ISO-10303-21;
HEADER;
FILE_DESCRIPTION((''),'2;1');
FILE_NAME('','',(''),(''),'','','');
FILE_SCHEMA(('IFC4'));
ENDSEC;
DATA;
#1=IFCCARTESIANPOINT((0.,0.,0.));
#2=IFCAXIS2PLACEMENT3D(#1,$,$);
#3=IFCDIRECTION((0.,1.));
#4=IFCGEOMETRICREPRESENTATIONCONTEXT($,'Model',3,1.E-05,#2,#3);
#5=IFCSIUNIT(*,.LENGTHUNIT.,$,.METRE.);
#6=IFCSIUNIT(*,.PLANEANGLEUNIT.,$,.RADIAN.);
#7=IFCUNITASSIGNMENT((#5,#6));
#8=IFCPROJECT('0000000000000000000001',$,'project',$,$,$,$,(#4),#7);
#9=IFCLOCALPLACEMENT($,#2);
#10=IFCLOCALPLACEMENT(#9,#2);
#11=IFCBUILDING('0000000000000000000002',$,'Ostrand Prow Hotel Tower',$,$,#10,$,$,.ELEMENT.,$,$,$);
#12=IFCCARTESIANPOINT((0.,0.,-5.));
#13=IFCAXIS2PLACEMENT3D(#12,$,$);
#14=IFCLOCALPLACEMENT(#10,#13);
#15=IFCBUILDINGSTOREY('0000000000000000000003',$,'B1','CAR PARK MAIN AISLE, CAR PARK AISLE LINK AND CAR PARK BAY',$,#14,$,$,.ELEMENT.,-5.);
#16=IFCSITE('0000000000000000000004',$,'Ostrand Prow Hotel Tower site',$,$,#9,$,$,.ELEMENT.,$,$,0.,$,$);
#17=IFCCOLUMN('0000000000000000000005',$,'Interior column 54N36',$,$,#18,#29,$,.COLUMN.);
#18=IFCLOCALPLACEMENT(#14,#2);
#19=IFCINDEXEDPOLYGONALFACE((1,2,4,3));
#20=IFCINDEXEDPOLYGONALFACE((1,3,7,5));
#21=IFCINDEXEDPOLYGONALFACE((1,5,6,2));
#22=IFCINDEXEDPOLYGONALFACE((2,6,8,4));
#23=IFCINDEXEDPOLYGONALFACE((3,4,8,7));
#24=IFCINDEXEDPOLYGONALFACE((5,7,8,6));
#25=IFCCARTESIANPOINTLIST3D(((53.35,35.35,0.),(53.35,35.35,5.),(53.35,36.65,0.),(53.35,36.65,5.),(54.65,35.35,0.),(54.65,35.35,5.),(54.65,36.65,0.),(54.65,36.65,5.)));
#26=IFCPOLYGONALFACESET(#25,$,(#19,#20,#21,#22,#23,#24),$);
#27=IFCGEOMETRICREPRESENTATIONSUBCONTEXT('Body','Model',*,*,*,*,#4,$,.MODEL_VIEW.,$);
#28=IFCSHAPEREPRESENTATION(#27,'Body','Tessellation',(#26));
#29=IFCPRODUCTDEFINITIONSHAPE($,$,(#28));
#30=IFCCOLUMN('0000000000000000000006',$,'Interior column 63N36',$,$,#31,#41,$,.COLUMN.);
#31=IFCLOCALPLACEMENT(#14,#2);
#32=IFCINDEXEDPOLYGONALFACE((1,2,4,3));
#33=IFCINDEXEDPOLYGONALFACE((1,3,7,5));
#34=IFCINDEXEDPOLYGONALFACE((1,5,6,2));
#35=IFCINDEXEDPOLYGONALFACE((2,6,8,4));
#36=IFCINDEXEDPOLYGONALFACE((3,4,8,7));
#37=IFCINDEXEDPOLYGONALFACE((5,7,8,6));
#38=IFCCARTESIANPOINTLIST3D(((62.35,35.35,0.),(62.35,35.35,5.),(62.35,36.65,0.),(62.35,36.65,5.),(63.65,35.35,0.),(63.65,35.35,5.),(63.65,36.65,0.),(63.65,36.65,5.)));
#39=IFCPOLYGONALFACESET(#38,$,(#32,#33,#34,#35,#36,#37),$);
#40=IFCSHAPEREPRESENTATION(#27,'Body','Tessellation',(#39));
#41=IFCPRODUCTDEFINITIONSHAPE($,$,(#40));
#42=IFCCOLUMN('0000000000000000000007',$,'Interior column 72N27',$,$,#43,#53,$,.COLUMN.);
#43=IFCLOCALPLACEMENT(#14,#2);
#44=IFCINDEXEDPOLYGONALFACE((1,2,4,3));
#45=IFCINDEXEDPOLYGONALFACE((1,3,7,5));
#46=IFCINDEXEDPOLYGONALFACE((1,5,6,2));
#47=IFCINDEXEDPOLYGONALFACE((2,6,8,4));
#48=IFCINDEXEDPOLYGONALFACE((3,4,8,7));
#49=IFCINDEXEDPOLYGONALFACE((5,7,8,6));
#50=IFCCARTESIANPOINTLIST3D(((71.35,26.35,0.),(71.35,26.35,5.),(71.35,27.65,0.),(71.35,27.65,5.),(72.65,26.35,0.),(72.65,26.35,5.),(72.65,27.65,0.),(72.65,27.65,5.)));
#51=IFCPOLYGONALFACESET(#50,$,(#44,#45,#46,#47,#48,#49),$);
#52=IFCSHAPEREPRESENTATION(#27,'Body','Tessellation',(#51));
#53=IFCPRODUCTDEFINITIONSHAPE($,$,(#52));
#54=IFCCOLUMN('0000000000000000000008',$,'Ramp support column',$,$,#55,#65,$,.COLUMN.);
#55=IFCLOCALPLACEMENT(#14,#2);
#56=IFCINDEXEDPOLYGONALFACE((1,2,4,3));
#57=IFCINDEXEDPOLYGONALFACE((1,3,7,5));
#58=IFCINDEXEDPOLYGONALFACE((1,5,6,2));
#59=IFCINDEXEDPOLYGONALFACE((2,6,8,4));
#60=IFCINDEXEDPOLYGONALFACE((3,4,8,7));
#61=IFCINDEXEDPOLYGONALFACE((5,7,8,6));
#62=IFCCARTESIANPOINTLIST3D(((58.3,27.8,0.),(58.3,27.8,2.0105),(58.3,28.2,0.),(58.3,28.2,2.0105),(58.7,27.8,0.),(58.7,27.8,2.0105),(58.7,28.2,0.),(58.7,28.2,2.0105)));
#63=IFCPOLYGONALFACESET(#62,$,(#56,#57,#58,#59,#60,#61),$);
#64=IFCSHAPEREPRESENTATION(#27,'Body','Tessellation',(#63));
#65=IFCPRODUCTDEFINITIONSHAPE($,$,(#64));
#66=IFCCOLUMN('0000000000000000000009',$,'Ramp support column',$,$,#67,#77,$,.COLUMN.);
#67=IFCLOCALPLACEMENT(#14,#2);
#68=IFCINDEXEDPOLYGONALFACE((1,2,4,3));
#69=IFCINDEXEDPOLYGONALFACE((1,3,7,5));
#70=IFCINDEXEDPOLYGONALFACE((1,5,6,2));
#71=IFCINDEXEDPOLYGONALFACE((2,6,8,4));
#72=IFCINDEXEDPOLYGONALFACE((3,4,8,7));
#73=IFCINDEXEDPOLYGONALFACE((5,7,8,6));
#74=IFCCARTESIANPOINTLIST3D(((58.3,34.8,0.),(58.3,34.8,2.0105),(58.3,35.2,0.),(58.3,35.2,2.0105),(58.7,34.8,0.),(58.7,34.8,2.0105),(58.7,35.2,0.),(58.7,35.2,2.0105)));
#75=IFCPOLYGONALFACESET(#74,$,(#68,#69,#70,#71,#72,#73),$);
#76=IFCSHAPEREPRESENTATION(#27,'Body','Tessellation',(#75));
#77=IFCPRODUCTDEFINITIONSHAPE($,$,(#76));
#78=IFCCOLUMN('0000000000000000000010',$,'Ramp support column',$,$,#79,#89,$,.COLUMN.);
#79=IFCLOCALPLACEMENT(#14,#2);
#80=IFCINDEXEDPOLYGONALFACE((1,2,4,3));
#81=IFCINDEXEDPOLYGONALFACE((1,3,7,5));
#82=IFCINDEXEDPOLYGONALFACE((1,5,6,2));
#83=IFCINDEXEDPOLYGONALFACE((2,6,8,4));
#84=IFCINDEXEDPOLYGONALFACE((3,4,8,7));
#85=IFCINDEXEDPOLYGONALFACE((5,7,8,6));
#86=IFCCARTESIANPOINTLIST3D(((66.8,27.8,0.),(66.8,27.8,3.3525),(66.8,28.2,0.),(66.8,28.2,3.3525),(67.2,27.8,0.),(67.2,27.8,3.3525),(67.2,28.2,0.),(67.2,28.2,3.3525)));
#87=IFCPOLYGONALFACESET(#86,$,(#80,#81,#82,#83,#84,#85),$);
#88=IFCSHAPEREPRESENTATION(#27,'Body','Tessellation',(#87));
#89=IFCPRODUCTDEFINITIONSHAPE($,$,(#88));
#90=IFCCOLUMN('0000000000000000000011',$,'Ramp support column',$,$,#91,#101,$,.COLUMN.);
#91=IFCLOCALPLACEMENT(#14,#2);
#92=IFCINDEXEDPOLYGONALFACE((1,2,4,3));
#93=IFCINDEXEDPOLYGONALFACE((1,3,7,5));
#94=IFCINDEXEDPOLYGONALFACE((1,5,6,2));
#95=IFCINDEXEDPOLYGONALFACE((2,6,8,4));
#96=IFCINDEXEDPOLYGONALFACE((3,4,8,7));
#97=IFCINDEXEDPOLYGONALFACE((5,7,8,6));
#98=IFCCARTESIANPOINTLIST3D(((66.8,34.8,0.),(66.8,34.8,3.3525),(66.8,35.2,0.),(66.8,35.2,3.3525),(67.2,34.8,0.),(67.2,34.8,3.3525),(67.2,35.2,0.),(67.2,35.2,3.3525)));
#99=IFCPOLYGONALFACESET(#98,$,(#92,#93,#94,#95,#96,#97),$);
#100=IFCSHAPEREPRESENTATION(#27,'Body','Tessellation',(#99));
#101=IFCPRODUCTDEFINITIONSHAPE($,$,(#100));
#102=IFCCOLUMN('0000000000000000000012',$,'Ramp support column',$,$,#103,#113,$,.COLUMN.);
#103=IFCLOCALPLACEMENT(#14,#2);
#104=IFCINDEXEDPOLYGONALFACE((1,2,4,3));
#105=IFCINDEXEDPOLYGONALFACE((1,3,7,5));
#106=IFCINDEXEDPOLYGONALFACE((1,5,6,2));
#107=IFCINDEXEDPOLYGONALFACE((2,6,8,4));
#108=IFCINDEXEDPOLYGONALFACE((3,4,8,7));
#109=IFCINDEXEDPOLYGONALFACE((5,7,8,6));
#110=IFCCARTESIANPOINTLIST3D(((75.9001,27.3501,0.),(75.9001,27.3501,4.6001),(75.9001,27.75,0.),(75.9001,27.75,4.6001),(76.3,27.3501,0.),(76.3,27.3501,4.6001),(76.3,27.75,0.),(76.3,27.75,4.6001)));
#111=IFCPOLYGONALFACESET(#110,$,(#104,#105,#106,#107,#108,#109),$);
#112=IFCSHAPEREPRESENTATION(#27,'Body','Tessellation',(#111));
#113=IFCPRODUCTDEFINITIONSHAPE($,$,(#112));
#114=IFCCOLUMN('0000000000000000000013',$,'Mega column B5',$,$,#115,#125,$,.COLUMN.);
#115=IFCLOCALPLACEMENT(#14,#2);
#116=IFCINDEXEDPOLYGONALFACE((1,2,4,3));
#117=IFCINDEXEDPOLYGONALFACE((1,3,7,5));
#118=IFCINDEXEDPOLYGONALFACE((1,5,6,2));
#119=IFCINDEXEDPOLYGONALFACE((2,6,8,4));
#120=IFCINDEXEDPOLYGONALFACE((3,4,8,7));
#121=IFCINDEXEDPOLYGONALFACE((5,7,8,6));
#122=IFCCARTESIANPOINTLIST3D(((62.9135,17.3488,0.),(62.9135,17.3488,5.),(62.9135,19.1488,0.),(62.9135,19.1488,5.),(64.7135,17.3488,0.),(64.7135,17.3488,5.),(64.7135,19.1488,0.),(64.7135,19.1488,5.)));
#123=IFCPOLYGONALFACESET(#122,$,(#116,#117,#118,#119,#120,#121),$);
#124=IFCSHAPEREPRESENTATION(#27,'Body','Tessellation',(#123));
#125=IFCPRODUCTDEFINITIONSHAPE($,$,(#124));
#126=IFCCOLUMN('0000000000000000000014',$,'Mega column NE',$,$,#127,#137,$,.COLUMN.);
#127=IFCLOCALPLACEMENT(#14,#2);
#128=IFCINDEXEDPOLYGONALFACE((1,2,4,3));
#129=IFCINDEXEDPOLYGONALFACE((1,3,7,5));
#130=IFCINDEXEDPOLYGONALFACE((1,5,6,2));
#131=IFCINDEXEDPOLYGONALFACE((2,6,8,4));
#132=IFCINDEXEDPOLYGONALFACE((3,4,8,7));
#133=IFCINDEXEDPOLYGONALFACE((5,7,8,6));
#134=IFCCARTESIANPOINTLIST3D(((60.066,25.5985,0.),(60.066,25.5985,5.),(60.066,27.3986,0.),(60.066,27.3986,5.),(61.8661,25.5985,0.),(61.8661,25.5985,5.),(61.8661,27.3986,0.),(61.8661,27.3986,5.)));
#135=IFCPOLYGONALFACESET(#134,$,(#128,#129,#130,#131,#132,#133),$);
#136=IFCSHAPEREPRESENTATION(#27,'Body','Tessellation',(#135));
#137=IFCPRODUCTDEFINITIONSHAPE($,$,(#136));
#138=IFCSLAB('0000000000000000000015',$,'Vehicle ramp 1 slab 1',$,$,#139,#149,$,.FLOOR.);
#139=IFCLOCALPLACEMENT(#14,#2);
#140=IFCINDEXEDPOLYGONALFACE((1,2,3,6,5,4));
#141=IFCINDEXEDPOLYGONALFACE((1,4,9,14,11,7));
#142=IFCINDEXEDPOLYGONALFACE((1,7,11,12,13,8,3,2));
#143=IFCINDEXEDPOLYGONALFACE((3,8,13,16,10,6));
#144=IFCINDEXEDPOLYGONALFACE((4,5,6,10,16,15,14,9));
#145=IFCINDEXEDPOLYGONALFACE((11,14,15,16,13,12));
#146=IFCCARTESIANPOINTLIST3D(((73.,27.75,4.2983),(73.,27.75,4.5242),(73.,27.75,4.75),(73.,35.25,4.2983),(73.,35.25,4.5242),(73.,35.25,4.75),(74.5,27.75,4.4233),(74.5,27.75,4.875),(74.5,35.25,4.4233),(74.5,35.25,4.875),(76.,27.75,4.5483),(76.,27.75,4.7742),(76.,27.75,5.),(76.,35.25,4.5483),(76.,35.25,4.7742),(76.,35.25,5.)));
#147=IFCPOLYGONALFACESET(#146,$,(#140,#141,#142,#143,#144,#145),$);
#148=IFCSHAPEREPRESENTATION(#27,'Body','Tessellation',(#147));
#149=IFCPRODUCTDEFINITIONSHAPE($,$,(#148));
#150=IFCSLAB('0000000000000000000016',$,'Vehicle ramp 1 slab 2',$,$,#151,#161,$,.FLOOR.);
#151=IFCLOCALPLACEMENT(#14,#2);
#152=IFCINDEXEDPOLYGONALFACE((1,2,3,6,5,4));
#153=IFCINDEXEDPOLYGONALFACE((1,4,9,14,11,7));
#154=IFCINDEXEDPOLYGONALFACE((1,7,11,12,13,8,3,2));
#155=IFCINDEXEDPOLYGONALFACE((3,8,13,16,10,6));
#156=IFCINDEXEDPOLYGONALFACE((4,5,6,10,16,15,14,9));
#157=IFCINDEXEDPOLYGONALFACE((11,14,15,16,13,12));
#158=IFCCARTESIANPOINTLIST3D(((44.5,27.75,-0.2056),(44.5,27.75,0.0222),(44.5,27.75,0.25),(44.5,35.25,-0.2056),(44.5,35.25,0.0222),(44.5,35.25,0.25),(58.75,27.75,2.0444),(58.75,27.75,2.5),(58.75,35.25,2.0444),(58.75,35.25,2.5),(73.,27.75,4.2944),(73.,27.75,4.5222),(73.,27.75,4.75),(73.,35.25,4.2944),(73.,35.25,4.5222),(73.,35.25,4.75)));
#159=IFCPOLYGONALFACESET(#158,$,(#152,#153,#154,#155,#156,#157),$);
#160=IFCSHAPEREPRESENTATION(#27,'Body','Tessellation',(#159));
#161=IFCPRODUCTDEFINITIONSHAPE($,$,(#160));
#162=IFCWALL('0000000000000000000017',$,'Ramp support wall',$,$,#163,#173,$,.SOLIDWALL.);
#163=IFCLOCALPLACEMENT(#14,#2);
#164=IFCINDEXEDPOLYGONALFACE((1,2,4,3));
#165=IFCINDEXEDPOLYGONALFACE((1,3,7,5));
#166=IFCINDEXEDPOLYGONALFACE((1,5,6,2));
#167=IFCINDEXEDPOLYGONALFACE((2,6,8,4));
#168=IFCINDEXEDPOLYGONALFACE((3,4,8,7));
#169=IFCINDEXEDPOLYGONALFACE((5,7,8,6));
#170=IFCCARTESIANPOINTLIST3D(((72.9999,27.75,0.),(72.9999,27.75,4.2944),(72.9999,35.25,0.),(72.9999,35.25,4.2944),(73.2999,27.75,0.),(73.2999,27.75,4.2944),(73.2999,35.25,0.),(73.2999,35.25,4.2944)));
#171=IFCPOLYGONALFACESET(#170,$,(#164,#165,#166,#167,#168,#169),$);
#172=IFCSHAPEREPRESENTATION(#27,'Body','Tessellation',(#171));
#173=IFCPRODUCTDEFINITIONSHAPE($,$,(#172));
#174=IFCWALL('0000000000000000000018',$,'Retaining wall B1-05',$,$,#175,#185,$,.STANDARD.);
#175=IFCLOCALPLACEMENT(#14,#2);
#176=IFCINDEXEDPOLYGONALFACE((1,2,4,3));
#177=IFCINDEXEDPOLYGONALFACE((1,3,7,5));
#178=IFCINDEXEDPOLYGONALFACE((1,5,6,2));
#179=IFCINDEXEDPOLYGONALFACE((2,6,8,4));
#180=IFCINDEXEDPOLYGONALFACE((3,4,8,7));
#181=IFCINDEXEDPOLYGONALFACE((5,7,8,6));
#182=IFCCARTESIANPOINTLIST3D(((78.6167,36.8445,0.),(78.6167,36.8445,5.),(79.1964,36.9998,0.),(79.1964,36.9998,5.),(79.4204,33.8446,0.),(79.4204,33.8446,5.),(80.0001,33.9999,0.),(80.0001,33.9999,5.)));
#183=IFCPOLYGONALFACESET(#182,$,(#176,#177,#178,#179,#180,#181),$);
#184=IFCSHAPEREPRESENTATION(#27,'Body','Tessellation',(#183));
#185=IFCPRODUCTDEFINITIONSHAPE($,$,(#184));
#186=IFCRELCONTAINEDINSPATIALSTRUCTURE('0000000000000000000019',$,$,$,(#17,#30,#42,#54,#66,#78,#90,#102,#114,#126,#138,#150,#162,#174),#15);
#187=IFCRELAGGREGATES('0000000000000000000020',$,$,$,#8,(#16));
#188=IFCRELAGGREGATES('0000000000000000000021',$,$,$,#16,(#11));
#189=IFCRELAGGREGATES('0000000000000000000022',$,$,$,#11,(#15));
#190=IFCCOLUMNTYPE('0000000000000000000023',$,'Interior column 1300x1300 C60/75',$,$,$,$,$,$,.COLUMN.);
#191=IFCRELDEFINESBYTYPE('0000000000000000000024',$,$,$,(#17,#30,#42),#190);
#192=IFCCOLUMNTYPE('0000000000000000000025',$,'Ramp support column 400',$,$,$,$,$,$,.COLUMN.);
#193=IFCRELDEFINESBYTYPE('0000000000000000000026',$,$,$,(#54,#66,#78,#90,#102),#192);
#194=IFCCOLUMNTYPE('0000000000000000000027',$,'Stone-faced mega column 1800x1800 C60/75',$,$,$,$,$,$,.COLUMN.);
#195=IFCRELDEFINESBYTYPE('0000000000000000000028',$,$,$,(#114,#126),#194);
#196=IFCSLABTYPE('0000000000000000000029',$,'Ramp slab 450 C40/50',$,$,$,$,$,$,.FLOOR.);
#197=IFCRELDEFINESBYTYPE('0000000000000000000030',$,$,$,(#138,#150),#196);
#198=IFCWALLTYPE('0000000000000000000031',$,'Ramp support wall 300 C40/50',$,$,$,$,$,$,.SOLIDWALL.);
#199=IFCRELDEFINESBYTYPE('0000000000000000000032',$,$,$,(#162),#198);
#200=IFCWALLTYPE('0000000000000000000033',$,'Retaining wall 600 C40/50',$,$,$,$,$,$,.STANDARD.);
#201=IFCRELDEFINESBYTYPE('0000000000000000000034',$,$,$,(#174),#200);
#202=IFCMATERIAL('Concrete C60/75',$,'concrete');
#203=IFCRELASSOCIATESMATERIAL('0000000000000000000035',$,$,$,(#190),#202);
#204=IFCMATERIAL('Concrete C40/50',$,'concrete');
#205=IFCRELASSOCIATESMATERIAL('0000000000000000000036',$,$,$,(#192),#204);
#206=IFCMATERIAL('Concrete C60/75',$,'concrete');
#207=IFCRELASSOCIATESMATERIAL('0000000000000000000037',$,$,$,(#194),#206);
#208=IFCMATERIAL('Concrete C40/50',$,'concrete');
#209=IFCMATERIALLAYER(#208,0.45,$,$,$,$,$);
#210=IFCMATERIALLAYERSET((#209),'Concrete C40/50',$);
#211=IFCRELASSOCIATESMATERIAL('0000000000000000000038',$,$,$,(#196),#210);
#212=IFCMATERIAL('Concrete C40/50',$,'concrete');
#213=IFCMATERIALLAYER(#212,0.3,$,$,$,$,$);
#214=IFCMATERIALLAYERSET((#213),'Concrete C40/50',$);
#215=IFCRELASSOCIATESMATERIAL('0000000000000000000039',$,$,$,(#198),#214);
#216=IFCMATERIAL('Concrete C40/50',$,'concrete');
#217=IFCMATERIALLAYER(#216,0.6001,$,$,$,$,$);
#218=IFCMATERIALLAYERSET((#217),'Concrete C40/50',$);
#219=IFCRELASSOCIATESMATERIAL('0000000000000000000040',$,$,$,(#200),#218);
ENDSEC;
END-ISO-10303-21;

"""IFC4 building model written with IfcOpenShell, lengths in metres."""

from ifc_helpers import new_model, si_unit, direction, frame, frame_2d, origin, origin_2d, place, context, subcontext, project, spatial, polyline, rectangle, outline, extrude, material, layer, layer_set, material_profile, profile_set, type_object, element, save


model = new_model("IFC4")

# Units and contexts
model_context = context("Model", 3, precision=1e-05, world=origin(), true_north=direction((0.0, 1.0)))
body_context = subcontext(model_context, "Body", "Model", "MODEL_VIEW")
ifc_project = project(units=[si_unit("LENGTHUNIT", "METRE"), si_unit("PLANEANGLEUNIT", "RADIAN")], contexts=[model_context])

# Site, building, storey
site_placement = place(None, origin())
site = spatial("IfcSite", under=ifc_project, at=site_placement, Name="Ostrand Prow Hotel Tower site", CompositionType="ELEMENT", RefElevation=0.0)
building_placement = place(site_placement, origin())
building = spatial("IfcBuilding", under=site, at=building_placement, Name="Ostrand Prow Hotel Tower", CompositionType="ELEMENT")
storey_placement = place(building_placement, frame((0.0, 0.0, -5.0)))
storey = spatial("IfcBuildingStorey", under=building, at=storey_placement, Name="B1", Description="CAR PARK MAIN AISLE, CAR PARK AISLE LINK AND CAR PARK BAY", CompositionType="ELEMENT", Elevation=-5.0)

# Columns
ifc_material_1 = material(Name="Concrete C60/75", Category="concrete")
ifc_material_profile_1 = material_profile(ifc_material_1, rectangle(XDim=1.3, YDim=1.3, at=origin_2d()), Name="RC 1300x1300")
ifc_profile_set_1 = profile_set([ifc_material_profile_1], Name="Concrete C60/75")
column_type_1 = type_object("IfcColumnType", Name="Interior column 1300x1300 C60/75", PredefinedType="COLUMN", material=ifc_profile_set_1)
for number, where, z_axis, x_axis, name in (
    (1, (54.0, 36.0, 0.0), (0.0, 0.0, 1.0), (1.0, 0.0, 0.0), "Interior column 54N36"),
    (2, (63.0, 36.0, 0.0), (0.0, 0.0, 1.0), (1.0, 0.0, 0.0), "Interior column 63N36"),
    (3, (72.0, 27.0, 0.0), (0.0, 0.0, 1.0), (1.0, 0.0, 0.0), "Interior column 72N27"),
):
    element("IfcColumn", number, at=place(storey_placement, frame(where, z_axis=z_axis, x_axis=x_axis)), inside=storey, type_object=column_type_1, Name=name, PredefinedType="COLUMN", context=body_context, shape_type="SweptSolid", body=[
        extrude(rectangle(XDim=1.3, YDim=1.3, at=origin_2d()), origin(), (0.0, 0.0, 1.0), 5.0),
    ])
ifc_material_2 = material(Name="Concrete C40/50", Category="concrete")
ifc_material_profile_2 = material_profile(ifc_material_2, rectangle(XDim=0.3999, YDim=0.3999, at=origin_2d()), Name="Ramp support column 400")
ifc_profile_set_2 = profile_set([ifc_material_profile_2], Name="Concrete C40/50")
column_type_2 = type_object("IfcColumnType", Name="Ramp support column 400", PredefinedType="COLUMN", material=ifc_profile_set_2)
for number, where, z_axis, x_axis, name in (
    (4, (58.5, 28.0, 0.0), (0.0, 0.0, 1.0), (1.0, 0.0, 0.0), "Ramp support column"),
    (5, (58.5, 35.0, 0.0), (0.0, 0.0, 1.0), (1.0, 0.0, 0.0), "Ramp support column"),
):
    element("IfcColumn", number, at=place(storey_placement, frame(where, z_axis=z_axis, x_axis=x_axis)), inside=storey, type_object=column_type_2, Name=name, PredefinedType="COLUMN", context=body_context, shape_type="SweptSolid", body=[
        extrude(rectangle(XDim=0.3999, YDim=0.3999, at=origin_2d()), origin(), (0.0, 0.0, 1.0), 2.0105),
    ])
for number, where, z_axis, x_axis, name in (
    (6, (67.0, 28.0, 0.0), (0.0, 0.0, 1.0), (1.0, 0.0, 0.0), "Ramp support column"),
    (7, (67.0, 35.0, 0.0), (0.0, 0.0, 1.0), (1.0, 0.0, 0.0), "Ramp support column"),
):
    element("IfcColumn", number, at=place(storey_placement, frame(where, z_axis=z_axis, x_axis=x_axis)), inside=storey, type_object=column_type_2, Name=name, PredefinedType="COLUMN", context=body_context, shape_type="SweptSolid", body=[
        extrude(rectangle(XDim=0.3999, YDim=0.3999, at=origin_2d()), origin(), (0.0, 0.0, 1.0), 3.3525),
    ])
column_placement = place(storey_placement, frame((76.1001, 27.55, 0.0), z_axis=(0.0, 0.0, 1.0), x_axis=(1.0, 0.0, 0.0)))
element("IfcColumn", 8, at=column_placement, inside=storey, type_object=column_type_2, Name="Ramp support column", PredefinedType="COLUMN", context=body_context, shape_type="SweptSolid", body=[
    extrude(rectangle(XDim=0.3999, YDim=0.3999, at=origin_2d()), origin(), (0.0, 0.0, 1.0), 4.6001),
])
ifc_material_3 = material(Name="Concrete C60/75", Category="concrete")
ifc_material_profile_3 = material_profile(ifc_material_3, rectangle(XDim=1.8, YDim=1.8, at=origin_2d()), Name="RC 1800x1800")
ifc_profile_set_3 = profile_set([ifc_material_profile_3], Name="Concrete C60/75")
column_type_3 = type_object("IfcColumnType", Name="Stone-faced mega column 1800x1800 C60/75", PredefinedType="COLUMN", material=ifc_profile_set_3)
for number, where, z_axis, x_axis, name in (
    (9, (63.8135, 18.2488, 0.0), (0.0, 0.0, 1.0), (1.0, 0.0, 0.0), "Mega column B5"),
    (10, (60.9661, 26.4985, 0.0), (0.0, 0.0, 1.0), (1.0, 0.0, 0.0), "Mega column NE"),
):
    element("IfcColumn", number, at=place(storey_placement, frame(where, z_axis=z_axis, x_axis=x_axis)), inside=storey, type_object=column_type_3, Name=name, PredefinedType="COLUMN", context=body_context, shape_type="SweptSolid", body=[
        extrude(rectangle(XDim=1.8, YDim=1.8, at=origin_2d()), origin(), (0.0, 0.0, 1.0), 5.0),
    ])

# Slabs
ifc_material_4 = material(Name="Concrete C40/50", Category="concrete")
ifc_layer_1 = layer(ifc_material_4, 0.45)
ifc_layer_set_1 = layer_set([ifc_layer_1], Name="Concrete C40/50")
slab_type = type_object("IfcSlabType", Name="Ramp slab 450 C40/50", PredefinedType="FLOOR", material=ifc_layer_set_1)
slab_1_placement = place(storey_placement, frame((76.0, 31.5, 5.0), z_axis=(0.0, 0.0, 1.0), x_axis=(-1.0, 0.0, 0.0)))
element("IfcSlab", 11, at=slab_1_placement, inside=storey, type_object=slab_type, Name="Vehicle ramp 1 slab 1", PredefinedType="FLOOR", context=body_context, shape_type="SweptSolid", body=[
    extrude(outline(polyline([(0.0, 0.0), (1.5, -0.125), (3.0, -0.25), (3.0, -0.4758), (3.0, -0.7017), (1.5, -0.5767), (0.0, -0.4517), (0.0, -0.2258), (0.0, 0.0)])), frame((0.0, 3.75, 0.0), z_axis=(0.0, -1.0, 0.0), x_axis=(1.0, 0.0, 0.0)), (0.0, 0.0, 1.0), 7.5),
])
slab_2_placement = place(storey_placement, frame((73.0, 31.5, 4.75), z_axis=(0.0, 0.0, 1.0), x_axis=(-1.0, 0.0, 0.0)))
element("IfcSlab", 12, at=slab_2_placement, inside=storey, type_object=slab_type, Name="Vehicle ramp 1 slab 2", PredefinedType="FLOOR", context=body_context, shape_type="SweptSolid", body=[
    extrude(outline(polyline([(0.0, 0.0), (14.25, -2.25), (28.5, -4.5), (28.5, -4.7278), (28.5, -4.9556), (14.25, -2.7056), (0.0, -0.4556), (0.0, -0.2278), (0.0, 0.0)])), frame((0.0, 3.75, 0.0), z_axis=(0.0, -1.0, 0.0), x_axis=(1.0, 0.0, 0.0)), (0.0, 0.0, 1.0), 7.5),
])

# Walls
ifc_material_5 = material(Name="Concrete C40/50", Category="concrete")
ifc_layer_2 = layer(ifc_material_5, 0.3)
ifc_layer_set_2 = layer_set([ifc_layer_2], Name="Concrete C40/50")
wall_type_1 = type_object("IfcWallType", Name="Ramp support wall 300 C40/50", PredefinedType="SOLIDWALL", material=ifc_layer_set_2)
wall_1_placement = place(storey_placement, frame((73.1499, 27.75, 0.0), z_axis=(0.0, 0.0, 1.0), x_axis=(0.0, 1.0, 0.0)))
element("IfcWall", 13, at=wall_1_placement, inside=storey, type_object=wall_type_1, Name="Ramp support wall", PredefinedType="SOLIDWALL", context=body_context, shape_type="SweptSolid", body=[
    extrude(rectangle(XDim=7.5, YDim=0.3, at=frame_2d((3.75, 0.0))), origin(), (0.0, 0.0, 1.0), 4.2944),
])
ifc_material_6 = material(Name="Concrete C40/50", Category="concrete")
ifc_layer_3 = layer(ifc_material_6, 0.6001)
ifc_layer_set_3 = layer_set([ifc_layer_3], Name="Concrete C40/50")
wall_type_2 = type_object("IfcWallType", Name="Retaining wall 600 C40/50", PredefinedType="STANDARD", material=ifc_layer_set_3)
for number, where, z_axis, x_axis, name in (
    (14, (79.7102, 33.9224, 0.0), (0.0, 0.0, 1.0), (-0.258778, 0.965937, 0.0), "Retaining wall B1-05"),
):
    element("IfcWall", number, at=place(storey_placement, frame(where, z_axis=z_axis, x_axis=x_axis)), inside=storey, type_object=wall_type_2, Name=name, PredefinedType="STANDARD", context=body_context, shape_type="SweptSolid", body=[
        extrude(rectangle(XDim=3.1057, YDim=0.6001, at=frame_2d((1.5527, 0.0))), origin(), (0.0, 0.0, 1.0), 5.0),
    ])

save(model, "model.ifc")
